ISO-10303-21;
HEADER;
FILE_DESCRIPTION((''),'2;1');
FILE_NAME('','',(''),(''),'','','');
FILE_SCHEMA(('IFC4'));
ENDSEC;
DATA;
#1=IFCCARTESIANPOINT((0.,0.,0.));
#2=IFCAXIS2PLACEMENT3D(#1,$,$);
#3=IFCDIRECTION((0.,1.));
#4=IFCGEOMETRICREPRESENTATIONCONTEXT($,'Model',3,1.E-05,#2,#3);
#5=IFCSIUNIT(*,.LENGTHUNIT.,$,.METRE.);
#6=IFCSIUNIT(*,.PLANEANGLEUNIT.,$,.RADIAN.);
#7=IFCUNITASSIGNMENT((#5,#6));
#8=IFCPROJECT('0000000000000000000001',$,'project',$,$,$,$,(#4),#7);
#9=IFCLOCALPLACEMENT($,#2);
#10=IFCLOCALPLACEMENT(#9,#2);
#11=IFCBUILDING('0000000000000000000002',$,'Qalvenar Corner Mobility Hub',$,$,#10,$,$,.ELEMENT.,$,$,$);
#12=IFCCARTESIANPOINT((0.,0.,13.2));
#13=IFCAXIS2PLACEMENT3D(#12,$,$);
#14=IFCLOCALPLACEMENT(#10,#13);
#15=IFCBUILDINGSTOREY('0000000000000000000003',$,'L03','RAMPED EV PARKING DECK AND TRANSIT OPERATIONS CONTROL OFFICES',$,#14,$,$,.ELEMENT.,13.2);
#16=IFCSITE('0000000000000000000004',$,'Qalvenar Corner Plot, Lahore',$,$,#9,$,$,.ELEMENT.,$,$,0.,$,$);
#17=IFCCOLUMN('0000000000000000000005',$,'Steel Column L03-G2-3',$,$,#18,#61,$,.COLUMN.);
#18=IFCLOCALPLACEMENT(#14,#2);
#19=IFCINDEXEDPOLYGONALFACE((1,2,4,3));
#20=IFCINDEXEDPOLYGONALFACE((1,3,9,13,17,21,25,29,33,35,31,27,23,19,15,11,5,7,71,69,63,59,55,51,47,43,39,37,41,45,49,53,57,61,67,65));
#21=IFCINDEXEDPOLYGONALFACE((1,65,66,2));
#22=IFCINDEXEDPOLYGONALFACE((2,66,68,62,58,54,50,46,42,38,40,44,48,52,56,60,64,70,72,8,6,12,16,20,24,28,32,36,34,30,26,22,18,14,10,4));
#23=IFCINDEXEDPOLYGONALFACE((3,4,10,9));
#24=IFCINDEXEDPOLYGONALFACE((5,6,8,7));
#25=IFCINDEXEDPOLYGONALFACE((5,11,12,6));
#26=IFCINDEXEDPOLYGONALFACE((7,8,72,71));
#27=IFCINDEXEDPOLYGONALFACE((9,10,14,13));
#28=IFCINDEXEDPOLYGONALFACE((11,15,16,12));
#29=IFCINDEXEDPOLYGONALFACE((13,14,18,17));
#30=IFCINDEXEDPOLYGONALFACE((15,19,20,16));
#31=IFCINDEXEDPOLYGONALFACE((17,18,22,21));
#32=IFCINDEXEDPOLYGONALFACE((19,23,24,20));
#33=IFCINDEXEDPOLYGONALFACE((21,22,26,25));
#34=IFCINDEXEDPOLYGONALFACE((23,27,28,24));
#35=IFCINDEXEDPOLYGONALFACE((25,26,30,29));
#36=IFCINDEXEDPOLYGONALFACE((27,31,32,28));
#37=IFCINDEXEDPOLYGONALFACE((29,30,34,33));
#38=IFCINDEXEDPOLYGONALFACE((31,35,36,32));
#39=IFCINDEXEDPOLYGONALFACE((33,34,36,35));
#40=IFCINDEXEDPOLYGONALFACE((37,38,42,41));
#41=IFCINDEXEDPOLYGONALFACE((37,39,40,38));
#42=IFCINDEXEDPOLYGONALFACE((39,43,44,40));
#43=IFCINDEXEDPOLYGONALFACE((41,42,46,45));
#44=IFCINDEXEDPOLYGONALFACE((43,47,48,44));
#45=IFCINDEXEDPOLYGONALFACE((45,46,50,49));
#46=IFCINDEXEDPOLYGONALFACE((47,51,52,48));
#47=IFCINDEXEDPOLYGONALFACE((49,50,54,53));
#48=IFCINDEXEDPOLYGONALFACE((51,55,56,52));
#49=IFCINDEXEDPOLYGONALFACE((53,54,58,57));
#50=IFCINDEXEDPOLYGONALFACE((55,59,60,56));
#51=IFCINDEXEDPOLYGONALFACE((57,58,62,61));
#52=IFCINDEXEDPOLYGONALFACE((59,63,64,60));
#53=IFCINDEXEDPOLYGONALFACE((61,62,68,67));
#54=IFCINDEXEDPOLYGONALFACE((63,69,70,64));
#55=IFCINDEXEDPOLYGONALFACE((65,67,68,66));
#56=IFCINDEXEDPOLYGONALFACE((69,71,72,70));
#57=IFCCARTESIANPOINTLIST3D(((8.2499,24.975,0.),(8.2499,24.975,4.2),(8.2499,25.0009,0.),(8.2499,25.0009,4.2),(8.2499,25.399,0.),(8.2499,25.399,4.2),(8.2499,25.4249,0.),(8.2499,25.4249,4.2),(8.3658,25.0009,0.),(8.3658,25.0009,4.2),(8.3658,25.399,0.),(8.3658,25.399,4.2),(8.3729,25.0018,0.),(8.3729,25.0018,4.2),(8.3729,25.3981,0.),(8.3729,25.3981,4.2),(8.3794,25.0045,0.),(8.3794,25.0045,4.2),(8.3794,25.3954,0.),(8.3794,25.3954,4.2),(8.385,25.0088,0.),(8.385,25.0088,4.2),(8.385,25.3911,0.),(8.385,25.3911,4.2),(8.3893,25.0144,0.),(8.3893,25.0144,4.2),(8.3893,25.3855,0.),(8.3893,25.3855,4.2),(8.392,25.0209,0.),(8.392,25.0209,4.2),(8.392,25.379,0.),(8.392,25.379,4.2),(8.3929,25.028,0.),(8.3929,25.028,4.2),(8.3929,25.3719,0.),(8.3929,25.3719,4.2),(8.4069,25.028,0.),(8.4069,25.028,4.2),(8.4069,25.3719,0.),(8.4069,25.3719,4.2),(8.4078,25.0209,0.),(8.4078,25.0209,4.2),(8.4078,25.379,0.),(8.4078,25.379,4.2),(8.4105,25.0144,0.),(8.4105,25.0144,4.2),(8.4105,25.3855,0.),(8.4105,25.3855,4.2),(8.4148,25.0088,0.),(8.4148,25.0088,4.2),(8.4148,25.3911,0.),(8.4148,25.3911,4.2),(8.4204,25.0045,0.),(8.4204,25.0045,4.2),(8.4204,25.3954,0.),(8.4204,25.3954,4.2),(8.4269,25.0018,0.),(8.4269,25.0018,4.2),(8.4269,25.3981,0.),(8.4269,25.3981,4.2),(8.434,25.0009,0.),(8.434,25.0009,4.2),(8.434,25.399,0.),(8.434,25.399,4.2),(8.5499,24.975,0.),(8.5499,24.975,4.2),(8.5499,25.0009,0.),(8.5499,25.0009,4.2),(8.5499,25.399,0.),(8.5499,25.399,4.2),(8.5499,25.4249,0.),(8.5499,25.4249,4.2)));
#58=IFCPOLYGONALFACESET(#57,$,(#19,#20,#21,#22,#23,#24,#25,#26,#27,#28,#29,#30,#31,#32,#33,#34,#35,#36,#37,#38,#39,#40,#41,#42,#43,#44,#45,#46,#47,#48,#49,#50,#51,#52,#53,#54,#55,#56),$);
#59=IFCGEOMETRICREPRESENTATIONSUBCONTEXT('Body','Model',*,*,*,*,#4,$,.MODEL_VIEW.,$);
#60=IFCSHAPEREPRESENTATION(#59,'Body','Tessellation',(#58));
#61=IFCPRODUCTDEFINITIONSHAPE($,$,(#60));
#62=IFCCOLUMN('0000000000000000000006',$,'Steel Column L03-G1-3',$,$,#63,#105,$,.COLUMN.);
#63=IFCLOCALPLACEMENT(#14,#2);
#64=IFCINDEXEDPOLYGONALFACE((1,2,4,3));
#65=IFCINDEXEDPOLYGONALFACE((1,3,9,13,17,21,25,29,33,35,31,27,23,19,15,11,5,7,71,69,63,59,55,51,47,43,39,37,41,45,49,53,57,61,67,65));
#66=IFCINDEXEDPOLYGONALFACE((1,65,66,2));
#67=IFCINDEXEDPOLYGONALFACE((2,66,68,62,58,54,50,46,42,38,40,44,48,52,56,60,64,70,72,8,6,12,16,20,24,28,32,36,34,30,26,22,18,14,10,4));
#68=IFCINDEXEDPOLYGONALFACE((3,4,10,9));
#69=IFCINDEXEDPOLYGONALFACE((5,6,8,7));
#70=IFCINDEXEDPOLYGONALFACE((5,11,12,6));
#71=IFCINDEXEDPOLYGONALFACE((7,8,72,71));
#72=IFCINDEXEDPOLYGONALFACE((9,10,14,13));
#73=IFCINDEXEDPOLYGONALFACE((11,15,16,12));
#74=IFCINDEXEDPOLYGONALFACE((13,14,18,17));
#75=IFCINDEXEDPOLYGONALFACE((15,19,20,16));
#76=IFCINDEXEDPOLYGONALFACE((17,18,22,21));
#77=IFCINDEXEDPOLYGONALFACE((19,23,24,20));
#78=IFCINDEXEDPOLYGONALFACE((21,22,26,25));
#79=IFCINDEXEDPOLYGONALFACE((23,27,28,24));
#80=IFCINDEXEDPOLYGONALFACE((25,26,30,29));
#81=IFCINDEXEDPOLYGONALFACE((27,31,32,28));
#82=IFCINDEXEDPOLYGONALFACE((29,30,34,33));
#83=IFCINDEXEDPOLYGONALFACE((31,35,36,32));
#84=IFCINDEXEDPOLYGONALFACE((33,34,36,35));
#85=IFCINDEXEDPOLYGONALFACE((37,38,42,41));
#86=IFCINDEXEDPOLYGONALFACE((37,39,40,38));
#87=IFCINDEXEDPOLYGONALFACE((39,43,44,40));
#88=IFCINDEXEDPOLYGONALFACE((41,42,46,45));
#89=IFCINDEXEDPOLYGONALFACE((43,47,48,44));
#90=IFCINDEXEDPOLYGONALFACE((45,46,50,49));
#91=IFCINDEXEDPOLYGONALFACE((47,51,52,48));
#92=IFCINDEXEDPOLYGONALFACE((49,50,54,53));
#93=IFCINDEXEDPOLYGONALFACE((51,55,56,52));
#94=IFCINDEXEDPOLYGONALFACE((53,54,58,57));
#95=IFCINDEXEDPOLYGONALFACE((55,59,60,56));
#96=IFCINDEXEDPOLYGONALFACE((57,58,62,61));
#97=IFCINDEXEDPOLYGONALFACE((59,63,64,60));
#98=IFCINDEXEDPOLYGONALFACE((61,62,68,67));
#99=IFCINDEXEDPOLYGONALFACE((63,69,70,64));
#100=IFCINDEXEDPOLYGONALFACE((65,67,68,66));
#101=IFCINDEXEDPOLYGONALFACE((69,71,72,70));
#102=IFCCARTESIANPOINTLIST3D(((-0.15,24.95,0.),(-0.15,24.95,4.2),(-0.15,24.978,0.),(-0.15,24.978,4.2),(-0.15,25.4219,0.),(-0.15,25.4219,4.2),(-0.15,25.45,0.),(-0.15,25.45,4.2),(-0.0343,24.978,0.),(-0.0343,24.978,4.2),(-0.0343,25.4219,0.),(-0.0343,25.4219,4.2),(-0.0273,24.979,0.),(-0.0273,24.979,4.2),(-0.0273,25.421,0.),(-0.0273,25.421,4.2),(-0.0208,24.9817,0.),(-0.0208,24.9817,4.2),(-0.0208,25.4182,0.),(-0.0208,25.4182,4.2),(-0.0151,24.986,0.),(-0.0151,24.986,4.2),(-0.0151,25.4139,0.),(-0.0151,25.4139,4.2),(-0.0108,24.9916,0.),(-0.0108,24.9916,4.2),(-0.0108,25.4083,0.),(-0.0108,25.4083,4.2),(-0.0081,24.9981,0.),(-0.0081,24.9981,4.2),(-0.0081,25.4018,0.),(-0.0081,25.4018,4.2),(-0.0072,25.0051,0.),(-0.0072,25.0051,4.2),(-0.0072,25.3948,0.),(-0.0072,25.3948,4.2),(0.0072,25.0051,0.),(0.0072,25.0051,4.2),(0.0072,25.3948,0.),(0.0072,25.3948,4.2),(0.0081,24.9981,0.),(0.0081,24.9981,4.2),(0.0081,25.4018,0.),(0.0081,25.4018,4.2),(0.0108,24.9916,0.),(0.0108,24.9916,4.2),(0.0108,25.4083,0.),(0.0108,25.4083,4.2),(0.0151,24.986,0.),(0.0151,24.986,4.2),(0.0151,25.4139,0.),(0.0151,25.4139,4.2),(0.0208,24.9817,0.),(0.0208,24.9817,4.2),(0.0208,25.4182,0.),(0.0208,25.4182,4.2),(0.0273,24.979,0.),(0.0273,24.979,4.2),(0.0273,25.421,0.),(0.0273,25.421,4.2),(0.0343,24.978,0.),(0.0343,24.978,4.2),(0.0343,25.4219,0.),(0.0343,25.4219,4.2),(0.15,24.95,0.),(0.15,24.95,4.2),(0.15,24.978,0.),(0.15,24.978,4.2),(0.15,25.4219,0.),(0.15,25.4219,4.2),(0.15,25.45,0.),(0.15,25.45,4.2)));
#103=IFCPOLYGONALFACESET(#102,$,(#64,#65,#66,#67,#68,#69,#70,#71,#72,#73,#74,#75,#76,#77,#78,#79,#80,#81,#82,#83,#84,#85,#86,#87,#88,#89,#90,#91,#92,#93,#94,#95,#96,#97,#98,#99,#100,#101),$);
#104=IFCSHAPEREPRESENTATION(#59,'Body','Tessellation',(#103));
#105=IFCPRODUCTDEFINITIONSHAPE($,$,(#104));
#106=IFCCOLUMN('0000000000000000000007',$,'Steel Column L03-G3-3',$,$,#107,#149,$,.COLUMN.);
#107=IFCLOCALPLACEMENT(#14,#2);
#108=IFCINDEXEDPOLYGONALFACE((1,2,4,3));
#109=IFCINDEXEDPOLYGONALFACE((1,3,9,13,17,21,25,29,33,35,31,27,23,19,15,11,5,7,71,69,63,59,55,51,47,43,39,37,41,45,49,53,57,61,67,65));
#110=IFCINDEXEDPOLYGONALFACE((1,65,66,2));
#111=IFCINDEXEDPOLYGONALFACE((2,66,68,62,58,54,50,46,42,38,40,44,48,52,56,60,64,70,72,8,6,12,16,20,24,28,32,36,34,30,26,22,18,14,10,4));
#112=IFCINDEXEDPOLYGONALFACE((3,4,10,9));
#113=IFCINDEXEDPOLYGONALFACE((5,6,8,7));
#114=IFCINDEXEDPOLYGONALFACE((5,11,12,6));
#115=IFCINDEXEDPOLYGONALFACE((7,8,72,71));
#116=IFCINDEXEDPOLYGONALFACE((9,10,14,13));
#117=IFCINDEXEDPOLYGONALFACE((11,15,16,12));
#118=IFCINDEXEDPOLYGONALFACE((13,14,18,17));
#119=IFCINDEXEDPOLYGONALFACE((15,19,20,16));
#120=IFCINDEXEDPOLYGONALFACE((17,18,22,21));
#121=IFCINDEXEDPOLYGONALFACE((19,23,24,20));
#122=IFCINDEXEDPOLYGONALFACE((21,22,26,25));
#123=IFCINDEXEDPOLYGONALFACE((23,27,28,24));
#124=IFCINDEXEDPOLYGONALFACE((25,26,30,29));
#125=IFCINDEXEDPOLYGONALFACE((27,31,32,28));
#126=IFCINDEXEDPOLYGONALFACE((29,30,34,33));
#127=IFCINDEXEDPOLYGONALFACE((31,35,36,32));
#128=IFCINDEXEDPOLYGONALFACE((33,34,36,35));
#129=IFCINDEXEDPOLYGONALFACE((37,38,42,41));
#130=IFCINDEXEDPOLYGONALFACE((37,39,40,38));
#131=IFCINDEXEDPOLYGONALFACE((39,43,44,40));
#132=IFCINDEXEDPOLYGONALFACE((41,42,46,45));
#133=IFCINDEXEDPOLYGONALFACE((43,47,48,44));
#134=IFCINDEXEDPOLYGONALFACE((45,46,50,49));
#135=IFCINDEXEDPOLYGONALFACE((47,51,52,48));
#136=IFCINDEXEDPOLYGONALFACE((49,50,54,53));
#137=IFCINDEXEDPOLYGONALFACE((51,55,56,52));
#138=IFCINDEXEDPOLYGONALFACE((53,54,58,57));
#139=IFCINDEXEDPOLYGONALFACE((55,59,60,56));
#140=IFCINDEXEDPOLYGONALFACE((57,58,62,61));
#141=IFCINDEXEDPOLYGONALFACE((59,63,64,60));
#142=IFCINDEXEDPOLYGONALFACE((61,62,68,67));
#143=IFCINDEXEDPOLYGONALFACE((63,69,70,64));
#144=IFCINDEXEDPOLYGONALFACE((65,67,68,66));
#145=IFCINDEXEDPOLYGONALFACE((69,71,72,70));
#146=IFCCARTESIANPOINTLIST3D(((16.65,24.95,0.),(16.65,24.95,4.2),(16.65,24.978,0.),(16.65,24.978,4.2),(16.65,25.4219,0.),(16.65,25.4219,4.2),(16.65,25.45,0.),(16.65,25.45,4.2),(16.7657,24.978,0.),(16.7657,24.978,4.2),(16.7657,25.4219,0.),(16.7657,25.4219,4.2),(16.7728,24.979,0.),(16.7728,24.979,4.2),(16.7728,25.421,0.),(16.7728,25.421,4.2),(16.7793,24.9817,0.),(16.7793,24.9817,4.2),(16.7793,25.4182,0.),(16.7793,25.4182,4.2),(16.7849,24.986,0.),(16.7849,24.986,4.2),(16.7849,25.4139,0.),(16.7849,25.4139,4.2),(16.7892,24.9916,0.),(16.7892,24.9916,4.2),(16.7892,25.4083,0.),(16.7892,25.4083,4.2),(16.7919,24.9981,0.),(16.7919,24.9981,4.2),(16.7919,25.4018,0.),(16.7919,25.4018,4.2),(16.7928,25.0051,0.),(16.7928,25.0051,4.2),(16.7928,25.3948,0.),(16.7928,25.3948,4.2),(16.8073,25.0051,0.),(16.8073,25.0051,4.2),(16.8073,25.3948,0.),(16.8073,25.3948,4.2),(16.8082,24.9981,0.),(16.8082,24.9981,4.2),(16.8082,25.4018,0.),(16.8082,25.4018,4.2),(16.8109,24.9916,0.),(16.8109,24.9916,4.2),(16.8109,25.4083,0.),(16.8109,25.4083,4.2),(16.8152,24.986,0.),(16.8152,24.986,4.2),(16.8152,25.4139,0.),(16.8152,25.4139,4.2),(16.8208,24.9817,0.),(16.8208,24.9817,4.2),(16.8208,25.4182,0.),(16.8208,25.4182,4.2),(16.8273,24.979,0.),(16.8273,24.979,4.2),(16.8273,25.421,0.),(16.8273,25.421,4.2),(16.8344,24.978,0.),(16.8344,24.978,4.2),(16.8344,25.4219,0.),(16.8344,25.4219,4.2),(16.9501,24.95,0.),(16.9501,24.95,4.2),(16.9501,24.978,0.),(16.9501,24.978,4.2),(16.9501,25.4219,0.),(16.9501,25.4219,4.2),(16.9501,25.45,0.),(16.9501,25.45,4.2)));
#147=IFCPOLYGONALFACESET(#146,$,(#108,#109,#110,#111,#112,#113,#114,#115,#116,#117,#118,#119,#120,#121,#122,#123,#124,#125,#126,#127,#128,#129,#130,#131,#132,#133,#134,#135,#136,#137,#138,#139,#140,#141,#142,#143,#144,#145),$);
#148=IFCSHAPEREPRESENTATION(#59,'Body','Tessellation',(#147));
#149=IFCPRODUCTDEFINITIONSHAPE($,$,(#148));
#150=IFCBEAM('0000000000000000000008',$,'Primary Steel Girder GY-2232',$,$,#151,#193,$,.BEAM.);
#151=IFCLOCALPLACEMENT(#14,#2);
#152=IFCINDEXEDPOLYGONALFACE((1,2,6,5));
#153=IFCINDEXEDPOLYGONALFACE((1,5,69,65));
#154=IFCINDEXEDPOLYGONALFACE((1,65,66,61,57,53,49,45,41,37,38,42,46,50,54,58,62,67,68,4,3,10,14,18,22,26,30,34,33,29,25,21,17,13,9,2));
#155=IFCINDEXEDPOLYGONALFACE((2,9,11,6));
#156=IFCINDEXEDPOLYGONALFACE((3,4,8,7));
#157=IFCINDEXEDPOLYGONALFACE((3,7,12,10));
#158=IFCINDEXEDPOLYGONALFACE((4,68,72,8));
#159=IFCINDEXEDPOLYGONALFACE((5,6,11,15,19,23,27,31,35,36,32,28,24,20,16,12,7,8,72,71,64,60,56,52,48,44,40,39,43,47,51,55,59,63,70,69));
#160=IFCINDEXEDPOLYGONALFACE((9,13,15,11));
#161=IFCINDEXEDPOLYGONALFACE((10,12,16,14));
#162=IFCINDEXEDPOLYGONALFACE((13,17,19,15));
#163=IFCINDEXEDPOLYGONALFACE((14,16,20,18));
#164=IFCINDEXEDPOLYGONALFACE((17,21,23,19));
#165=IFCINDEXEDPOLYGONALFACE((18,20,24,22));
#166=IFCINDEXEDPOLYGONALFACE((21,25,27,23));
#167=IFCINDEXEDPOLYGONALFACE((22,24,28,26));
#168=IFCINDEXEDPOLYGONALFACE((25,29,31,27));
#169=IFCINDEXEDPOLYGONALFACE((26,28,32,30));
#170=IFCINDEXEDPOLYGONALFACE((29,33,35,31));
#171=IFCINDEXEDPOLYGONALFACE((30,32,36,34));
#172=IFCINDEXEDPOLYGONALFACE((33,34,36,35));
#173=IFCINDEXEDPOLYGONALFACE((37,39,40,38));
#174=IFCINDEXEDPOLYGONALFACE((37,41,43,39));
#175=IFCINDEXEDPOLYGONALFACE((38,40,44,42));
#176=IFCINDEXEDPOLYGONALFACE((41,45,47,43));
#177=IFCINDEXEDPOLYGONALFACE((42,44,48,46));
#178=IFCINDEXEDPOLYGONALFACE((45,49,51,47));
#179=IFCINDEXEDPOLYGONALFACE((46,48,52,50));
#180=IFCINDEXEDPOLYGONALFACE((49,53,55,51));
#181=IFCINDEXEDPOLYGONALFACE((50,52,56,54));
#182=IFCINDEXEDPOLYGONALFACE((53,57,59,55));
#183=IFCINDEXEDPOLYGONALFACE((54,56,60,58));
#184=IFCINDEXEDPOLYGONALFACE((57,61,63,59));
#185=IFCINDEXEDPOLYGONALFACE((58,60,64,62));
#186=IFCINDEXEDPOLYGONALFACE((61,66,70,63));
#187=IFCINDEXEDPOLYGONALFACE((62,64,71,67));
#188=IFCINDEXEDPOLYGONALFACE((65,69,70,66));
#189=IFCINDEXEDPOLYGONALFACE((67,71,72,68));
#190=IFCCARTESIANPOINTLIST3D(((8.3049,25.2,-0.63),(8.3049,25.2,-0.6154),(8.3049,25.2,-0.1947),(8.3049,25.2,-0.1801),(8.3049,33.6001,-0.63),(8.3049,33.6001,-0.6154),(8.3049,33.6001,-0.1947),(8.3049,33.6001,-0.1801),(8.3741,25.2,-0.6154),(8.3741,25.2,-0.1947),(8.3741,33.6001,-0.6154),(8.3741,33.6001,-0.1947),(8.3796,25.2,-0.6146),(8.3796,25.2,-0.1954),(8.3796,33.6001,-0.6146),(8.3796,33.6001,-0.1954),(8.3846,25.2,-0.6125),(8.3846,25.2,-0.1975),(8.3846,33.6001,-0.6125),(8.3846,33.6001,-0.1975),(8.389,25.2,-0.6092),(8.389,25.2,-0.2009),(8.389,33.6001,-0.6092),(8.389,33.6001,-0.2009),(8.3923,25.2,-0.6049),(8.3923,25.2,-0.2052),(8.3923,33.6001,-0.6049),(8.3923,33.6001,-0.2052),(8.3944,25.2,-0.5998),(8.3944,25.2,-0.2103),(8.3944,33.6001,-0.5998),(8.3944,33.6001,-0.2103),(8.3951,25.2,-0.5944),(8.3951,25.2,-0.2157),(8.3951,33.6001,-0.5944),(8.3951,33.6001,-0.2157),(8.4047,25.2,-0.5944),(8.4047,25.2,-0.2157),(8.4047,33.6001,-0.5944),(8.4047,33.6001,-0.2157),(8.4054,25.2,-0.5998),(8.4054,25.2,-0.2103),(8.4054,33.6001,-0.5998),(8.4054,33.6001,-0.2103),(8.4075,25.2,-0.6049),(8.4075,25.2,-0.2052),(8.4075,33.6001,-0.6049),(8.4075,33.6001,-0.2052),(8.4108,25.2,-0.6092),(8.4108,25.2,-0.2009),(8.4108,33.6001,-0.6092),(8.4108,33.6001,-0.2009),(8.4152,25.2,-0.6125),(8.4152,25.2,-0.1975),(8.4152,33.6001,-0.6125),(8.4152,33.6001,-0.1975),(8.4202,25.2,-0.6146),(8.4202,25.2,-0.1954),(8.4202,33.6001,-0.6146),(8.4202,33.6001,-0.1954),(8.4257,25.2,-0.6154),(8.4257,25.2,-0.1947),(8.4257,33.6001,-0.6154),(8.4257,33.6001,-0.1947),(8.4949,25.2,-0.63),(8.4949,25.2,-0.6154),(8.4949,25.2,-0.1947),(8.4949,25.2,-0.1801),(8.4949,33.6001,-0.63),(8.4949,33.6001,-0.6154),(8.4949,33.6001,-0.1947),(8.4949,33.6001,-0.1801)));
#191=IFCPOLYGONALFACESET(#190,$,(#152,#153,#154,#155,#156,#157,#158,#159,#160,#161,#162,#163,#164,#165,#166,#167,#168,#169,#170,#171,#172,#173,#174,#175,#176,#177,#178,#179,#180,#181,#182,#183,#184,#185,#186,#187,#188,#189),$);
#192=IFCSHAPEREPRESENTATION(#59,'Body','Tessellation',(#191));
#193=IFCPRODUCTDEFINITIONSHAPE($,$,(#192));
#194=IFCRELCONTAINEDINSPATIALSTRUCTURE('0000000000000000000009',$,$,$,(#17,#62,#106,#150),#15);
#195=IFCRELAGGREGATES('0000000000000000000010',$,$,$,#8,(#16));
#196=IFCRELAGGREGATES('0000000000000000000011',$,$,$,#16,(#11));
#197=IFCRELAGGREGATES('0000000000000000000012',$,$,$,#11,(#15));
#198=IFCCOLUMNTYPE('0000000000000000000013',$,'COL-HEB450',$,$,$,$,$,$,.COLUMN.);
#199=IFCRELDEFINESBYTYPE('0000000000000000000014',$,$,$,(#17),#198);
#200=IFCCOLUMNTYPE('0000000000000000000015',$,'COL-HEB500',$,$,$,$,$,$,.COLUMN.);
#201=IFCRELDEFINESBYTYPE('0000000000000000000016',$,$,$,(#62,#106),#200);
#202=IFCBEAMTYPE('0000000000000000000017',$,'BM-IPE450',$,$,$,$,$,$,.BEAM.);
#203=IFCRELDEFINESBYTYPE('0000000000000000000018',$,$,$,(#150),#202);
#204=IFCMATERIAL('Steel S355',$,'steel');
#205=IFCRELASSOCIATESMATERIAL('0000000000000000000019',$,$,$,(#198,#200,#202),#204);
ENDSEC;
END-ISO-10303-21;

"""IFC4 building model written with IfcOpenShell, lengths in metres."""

from ifc_helpers import new_model, si_unit, direction, frame, origin, origin_2d, place, context, subcontext, project, spatial, i_section, extrude, material, material_profile, profile_set, type_object, element, save


model = new_model("IFC4")

# Units and contexts
model_context = context("Model", 3, precision=1e-05, world=origin(), true_north=direction((0.0, 1.0)))
body_context = subcontext(model_context, "Body", "Model", "MODEL_VIEW")
ifc_project = project(units=[si_unit("LENGTHUNIT", "METRE"), si_unit("PLANEANGLEUNIT", "RADIAN")], contexts=[model_context])

# Site, building, storey
site_placement = place(None, origin())
site = spatial("IfcSite", under=ifc_project, at=site_placement, Name="Qalvenar Corner Plot, Lahore", CompositionType="ELEMENT", RefElevation=0.0)
building_placement = place(site_placement, origin())
building = spatial("IfcBuilding", under=site, at=building_placement, Name="Qalvenar Corner Mobility Hub", CompositionType="ELEMENT")
storey_placement = place(building_placement, frame((0.0, 0.0, 13.2)))
storey = spatial("IfcBuildingStorey", under=building, at=storey_placement, Name="L03", Description="RAMPED EV PARKING DECK AND TRANSIT OPERATIONS CONTROL OFFICES", CompositionType="ELEMENT", Elevation=13.2)

# Columns
ifc_material_1 = material(Name="Steel S355", Category="steel")
ifc_material_profile_1 = material_profile(ifc_material_1, i_section(OverallWidth=0.3, OverallDepth=0.45, WebThickness=0.0139, FlangeThickness=0.0259, FilletRadius=0.0271, at=origin_2d()), Name="HEB450")
ifc_profile_set_1 = profile_set([ifc_material_profile_1], Name="Steel S355")
column_type_1 = type_object("IfcColumnType", Name="COL-HEB450", PredefinedType="COLUMN", material=ifc_profile_set_1)
column_placement = place(storey_placement, frame((8.3999, 25.2, 0.0), z_axis=(0.0, 0.0, 1.0), x_axis=(1.0, 0.0, 0.0)))
element("IfcColumn", 1, at=column_placement, inside=storey, type_object=column_type_1, Name="Steel Column L03-G2-3", PredefinedType="COLUMN", context=body_context, shape_type="SweptSolid", body=[
    extrude(i_section(OverallWidth=0.3, OverallDepth=0.45, WebThickness=0.0139, FlangeThickness=0.0259, FilletRadius=0.0271, at=origin_2d()), origin(), (0.0, 0.0, 1.0), 4.2),
])
ifc_material_profile_2 = material_profile(ifc_material_1, i_section(OverallWidth=0.3, OverallDepth=0.5, WebThickness=0.0144, FlangeThickness=0.0281, FilletRadius=0.0271, at=origin_2d()), Name="HEB500")
ifc_profile_set_2 = profile_set([ifc_material_profile_2], Name="Steel S355")
column_type_2 = type_object("IfcColumnType", Name="COL-HEB500", PredefinedType="COLUMN", material=ifc_profile_set_2)
for number, where, z_axis, x_axis, name in (
    (2, (0.0, 25.2, 0.0), (0.0, 0.0, 1.0), (1.0, 0.0, 0.0), "Steel Column L03-G1-3"),
    (3, (16.8, 25.2, 0.0), (0.0, 0.0, 1.0), (1.0, 0.0, 0.0), "Steel Column L03-G3-3"),
):
    element("IfcColumn", number, at=place(storey_placement, frame(where, z_axis=z_axis, x_axis=x_axis)), inside=storey, type_object=column_type_2, Name=name, PredefinedType="COLUMN", context=body_context, shape_type="SweptSolid", body=[
        extrude(i_section(OverallWidth=0.3, OverallDepth=0.5, WebThickness=0.0144, FlangeThickness=0.0281, FilletRadius=0.0271, at=origin_2d()), origin(), (0.0, 0.0, 1.0), 4.2),
    ])

# Beam
ifc_material_profile_3 = material_profile(ifc_material_1, i_section(OverallWidth=0.1899, OverallDepth=0.45, WebThickness=0.0095, FlangeThickness=0.0146, FilletRadius=0.021, at=origin_2d()), Name="IPE450")
ifc_profile_set_3 = profile_set([ifc_material_profile_3], Name="Steel S355")
beam_type_1 = type_object("IfcBeamType", Name="BM-IPE450", PredefinedType="BEAM", material=ifc_profile_set_3)
for number, where, z_axis, x_axis, name in (
    (4, (8.3999, 25.2, -0.405), (0.0, 1.0, 0.0), (-1.0, 0.0, 0.0), "Primary Steel Girder GY-2232"),
):
    element("IfcBeam", number, at=place(storey_placement, frame(where, z_axis=z_axis, x_axis=x_axis)), inside=storey, type_object=beam_type_1, Name=name, PredefinedType="BEAM", context=body_context, shape_type="SweptSolid", body=[
        extrude(i_section(OverallWidth=0.1899, OverallDepth=0.45, WebThickness=0.0095, FlangeThickness=0.0146, FilletRadius=0.021, at=origin_2d()), origin(), (0.0, 0.0, 1.0), 8.4001),
    ])

save(model, "model.ifc")
